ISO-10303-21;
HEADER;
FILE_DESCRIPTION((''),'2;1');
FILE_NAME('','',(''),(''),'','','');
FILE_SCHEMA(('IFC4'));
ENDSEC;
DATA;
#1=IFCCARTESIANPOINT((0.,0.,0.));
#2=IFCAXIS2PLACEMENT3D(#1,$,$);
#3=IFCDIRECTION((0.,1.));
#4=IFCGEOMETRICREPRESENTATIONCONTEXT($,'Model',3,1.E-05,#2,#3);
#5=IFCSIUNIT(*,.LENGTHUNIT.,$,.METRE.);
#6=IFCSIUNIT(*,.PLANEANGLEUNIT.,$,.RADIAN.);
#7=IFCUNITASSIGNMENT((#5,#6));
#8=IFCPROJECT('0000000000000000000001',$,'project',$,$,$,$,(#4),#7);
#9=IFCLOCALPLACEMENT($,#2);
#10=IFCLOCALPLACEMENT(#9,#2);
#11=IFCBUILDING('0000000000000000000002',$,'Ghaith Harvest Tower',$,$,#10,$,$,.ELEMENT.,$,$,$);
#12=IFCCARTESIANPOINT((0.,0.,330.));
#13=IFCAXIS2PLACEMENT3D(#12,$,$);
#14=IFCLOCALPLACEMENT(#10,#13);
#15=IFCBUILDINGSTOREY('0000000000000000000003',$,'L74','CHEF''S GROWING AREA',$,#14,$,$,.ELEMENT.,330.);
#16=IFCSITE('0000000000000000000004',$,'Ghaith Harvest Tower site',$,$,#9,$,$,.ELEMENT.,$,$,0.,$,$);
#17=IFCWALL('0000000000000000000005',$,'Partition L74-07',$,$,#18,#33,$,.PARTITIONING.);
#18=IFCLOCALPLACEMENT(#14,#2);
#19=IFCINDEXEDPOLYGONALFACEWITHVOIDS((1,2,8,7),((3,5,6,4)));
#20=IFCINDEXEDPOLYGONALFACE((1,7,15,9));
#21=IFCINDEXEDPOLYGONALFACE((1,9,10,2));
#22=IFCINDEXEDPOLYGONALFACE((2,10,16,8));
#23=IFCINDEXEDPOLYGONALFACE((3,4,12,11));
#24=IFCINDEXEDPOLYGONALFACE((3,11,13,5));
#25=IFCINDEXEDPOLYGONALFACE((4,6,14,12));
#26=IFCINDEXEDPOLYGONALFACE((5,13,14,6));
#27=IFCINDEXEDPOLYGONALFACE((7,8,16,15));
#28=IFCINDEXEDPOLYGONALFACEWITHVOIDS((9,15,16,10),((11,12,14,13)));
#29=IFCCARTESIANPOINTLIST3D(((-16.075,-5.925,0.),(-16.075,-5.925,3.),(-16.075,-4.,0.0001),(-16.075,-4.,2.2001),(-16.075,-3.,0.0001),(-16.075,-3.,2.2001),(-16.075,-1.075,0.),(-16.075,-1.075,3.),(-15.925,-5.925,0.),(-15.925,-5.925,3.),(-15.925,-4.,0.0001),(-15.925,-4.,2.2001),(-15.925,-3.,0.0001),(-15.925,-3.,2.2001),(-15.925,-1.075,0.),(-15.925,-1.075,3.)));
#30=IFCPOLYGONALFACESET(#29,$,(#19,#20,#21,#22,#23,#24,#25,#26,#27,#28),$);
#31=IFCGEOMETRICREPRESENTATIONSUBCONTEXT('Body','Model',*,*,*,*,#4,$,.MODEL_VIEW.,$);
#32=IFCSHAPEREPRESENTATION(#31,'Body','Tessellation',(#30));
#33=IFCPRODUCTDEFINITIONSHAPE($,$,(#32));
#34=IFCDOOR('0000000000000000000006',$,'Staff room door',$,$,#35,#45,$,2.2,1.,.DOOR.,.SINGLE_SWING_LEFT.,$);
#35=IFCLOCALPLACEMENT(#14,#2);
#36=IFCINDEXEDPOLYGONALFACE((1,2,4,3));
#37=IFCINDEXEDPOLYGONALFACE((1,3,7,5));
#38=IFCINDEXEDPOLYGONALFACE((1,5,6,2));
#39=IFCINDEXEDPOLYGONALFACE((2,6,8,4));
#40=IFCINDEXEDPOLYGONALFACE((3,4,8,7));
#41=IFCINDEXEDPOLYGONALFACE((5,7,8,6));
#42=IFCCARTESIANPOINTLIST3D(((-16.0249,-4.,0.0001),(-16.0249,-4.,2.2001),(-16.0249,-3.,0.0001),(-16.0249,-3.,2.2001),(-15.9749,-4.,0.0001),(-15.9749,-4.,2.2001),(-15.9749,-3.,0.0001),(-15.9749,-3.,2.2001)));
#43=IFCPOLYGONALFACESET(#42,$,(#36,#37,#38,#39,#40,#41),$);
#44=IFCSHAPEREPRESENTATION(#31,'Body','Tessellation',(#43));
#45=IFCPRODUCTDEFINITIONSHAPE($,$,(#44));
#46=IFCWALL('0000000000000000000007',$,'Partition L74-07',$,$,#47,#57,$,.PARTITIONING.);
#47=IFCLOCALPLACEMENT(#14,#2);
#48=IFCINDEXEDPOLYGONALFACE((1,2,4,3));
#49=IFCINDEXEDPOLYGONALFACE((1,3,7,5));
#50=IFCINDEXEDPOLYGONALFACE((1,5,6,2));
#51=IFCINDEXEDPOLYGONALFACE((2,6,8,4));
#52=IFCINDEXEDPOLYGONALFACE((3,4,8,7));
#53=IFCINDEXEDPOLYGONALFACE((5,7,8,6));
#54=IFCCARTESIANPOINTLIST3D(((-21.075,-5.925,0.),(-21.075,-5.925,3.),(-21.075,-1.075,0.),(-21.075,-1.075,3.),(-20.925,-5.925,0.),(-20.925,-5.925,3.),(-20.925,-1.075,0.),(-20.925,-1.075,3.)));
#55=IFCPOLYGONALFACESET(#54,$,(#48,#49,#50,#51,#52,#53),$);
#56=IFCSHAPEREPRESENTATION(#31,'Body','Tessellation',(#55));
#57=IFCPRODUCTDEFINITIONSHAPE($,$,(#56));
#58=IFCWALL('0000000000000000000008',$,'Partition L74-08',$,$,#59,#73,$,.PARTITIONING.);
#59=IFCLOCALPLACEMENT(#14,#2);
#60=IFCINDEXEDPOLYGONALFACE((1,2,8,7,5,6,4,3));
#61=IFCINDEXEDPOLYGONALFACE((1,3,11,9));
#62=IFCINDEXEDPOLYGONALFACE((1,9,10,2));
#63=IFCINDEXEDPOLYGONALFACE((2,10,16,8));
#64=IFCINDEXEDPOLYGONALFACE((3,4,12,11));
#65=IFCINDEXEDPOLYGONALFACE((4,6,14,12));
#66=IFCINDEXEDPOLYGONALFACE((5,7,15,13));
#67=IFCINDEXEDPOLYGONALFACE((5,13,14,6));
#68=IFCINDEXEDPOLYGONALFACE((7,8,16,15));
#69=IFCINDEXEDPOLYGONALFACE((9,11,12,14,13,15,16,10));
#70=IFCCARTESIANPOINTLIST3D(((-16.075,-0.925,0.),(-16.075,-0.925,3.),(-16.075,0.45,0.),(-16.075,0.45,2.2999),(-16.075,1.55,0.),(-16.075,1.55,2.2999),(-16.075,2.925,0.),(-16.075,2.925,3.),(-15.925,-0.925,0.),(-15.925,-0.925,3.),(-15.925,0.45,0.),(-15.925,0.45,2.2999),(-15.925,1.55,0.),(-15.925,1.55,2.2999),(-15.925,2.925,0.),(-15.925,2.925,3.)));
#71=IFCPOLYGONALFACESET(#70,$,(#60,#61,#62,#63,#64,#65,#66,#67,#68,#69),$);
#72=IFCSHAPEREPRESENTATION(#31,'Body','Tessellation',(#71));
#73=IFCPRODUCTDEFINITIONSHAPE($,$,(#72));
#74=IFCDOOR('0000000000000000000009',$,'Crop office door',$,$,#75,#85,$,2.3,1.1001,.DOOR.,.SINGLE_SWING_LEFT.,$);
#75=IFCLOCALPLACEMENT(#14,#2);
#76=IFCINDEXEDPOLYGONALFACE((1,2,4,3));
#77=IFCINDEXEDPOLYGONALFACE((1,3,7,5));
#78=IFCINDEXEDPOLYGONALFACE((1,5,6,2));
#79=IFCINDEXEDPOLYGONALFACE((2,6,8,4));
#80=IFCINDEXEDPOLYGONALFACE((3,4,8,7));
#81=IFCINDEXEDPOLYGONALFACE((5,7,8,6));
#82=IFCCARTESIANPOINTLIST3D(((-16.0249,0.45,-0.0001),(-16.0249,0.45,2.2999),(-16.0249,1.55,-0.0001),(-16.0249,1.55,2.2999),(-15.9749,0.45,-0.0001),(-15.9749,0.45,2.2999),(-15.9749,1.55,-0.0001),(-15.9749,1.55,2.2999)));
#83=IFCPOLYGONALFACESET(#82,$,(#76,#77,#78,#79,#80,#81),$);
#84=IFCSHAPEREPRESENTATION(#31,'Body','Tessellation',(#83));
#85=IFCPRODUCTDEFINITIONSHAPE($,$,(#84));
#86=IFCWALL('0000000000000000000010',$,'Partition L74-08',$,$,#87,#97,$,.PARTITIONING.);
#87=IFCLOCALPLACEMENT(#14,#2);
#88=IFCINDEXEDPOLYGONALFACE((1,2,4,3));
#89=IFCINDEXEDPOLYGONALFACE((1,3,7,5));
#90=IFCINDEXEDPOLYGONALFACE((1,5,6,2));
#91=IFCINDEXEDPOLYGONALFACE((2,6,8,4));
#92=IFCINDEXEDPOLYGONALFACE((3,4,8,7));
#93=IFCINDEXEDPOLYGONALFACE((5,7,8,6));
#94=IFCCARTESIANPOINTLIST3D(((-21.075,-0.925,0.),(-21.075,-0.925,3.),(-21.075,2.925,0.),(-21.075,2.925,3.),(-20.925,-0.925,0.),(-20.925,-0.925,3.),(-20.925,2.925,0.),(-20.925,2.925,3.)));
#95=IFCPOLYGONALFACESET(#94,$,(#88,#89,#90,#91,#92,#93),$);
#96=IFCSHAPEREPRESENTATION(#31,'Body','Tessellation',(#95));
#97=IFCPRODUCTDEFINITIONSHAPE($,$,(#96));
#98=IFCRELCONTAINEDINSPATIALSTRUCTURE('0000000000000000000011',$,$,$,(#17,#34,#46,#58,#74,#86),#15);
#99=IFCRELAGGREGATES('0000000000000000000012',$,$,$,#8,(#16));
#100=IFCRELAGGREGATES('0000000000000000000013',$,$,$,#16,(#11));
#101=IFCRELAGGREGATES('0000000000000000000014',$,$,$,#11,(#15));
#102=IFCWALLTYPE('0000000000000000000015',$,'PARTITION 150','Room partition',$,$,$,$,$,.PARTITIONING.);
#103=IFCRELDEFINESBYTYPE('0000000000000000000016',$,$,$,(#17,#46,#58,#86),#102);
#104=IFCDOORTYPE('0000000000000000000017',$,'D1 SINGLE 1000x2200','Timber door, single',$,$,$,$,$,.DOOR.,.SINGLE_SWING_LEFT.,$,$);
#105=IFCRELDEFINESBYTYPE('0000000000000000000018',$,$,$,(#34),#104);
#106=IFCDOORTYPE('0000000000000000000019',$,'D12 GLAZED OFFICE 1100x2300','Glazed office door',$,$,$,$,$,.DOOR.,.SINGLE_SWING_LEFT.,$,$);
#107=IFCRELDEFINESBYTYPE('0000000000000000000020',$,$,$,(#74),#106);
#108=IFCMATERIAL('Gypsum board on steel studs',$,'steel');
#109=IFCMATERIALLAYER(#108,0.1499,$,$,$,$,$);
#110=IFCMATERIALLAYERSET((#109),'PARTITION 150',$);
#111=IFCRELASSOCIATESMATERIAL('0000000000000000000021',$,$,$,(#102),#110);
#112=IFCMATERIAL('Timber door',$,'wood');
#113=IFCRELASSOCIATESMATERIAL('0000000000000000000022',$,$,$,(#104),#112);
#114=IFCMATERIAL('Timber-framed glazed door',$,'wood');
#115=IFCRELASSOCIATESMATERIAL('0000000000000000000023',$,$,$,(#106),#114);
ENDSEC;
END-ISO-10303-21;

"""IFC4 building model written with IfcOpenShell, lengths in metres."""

from ifc_helpers import new_model, si_unit, direction, frame, frame_2d, origin, place, context, subcontext, project, spatial, rectangle, extrude, material, layer, layer_set, type_object, element, fill, save


model = new_model("IFC4")

# Units and contexts
model_context = context("Model", 3, precision=1e-05, world=origin(), true_north=direction((0.0, 1.0)))
body_context = subcontext(model_context, "Body", "Model", "MODEL_VIEW")
ifc_project = project(units=[si_unit("LENGTHUNIT", "METRE"), si_unit("PLANEANGLEUNIT", "RADIAN")], contexts=[model_context])

# Site, building, storey
site_placement = place(None, origin())
site = spatial("IfcSite", under=ifc_project, at=site_placement, Name="Ghaith Harvest Tower site", CompositionType="ELEMENT", RefElevation=0.0)
building_placement = place(site_placement, origin())
building = spatial("IfcBuilding", under=site, at=building_placement, Name="Ghaith Harvest Tower", CompositionType="ELEMENT")
storey_placement = place(building_placement, frame((0.0, 0.0, 330.0)))
storey = spatial("IfcBuildingStorey", under=building, at=storey_placement, Name="L74", Description="CHEF'S GROWING AREA", CompositionType="ELEMENT", Elevation=330.0)

# Shared definitions
ifc_material_1 = material(Name="Gypsum board on steel studs", Category="steel")
ifc_layer_1 = layer(ifc_material_1, 0.1499)
ifc_layer_set_1 = layer_set([ifc_layer_1], Name="PARTITION 150")
wall_type = type_object("IfcWallType", Name="PARTITION 150", Description="Room partition", PredefinedType="PARTITIONING", material=ifc_layer_set_1)

# Wall, opening, door
wall_1_placement = place(storey_placement, frame((-16.0, -5.925, 0.0), z_axis=(0.0, 0.0, 1.0), x_axis=(0.0, 1.0, 0.0)))
wall_1 = element("IfcWall", 1, at=wall_1_placement, inside=storey, type_object=wall_type, Name="Partition L74-07", PredefinedType="PARTITIONING", context=body_context, shape_type="SweptSolid", body=[
    extrude(rectangle(XDim=4.8501, YDim=0.1499, at=frame_2d((2.425, 0.0))), origin(), (0.0, 0.0, 1.0), 3.0),
])
opening_1_placement = place(wall_1_placement, frame((1.925, 0.0, 0.0)))
opening_1 = element("IfcOpeningElement", 2, at=opening_1_placement, cuts=wall_1, PredefinedType="OPENING", context=body_context, shape_type="SweptSolid", body=[
    extrude(rectangle(XDim=1.0, YDim=2.2, at=frame_2d((0.5, 1.1001))), frame((0.0, 0.085, 0.0), z_axis=(0.0, -1.0, 0.0), x_axis=(1.0, 0.0, 0.0)), (0.0, 0.0, 1.0), 0.1699),
])
ifc_material_2 = material(Name="Timber door", Category="wood")
door_type_1 = type_object("IfcDoorType", Name="D1 SINGLE 1000x2200", Description="Timber door, single", OperationType="SINGLE_SWING_LEFT", PredefinedType="DOOR", material=ifc_material_2)
door_1_placement = place(opening_1_placement, origin())
door_1 = element("IfcDoor", 3, at=door_1_placement, inside=storey, type_object=door_type_1, Name="Staff room door", OperationType="SINGLE_SWING_LEFT", OverallHeight=2.2, OverallWidth=1.0, PredefinedType="DOOR", context=body_context, shape_type="SweptSolid", body=[
    extrude(rectangle(XDim=1.0, YDim=2.2, at=frame_2d((0.5, 1.1001))), frame((0.0, 0.0249, 0.0), z_axis=(0.0, -1.0, 0.0), x_axis=(1.0, 0.0, 0.0)), (0.0, 0.0, 1.0), 0.05),
])
fill(opening_1, door_1)

# Wall
wall_2_placement = place(storey_placement, frame((-21.0, -5.925, 0.0), z_axis=(0.0, 0.0, 1.0), x_axis=(0.0, 1.0, 0.0)))
element("IfcWall", 4, at=wall_2_placement, inside=storey, type_object=wall_type, Name="Partition L74-07", PredefinedType="PARTITIONING", context=body_context, shape_type="SweptSolid", body=[
    extrude(rectangle(XDim=4.8501, YDim=0.1499, at=frame_2d((2.425, 0.0))), origin(), (0.0, 0.0, 1.0), 3.0),
])

# Wall, opening, door
wall_3_placement = place(storey_placement, frame((-16.0, -0.925, 0.0), z_axis=(0.0, 0.0, 1.0), x_axis=(0.0, 1.0, 0.0)))
wall_3 = element("IfcWall", 5, at=wall_3_placement, inside=storey, type_object=wall_type, Name="Partition L74-08", PredefinedType="PARTITIONING", context=body_context, shape_type="SweptSolid", body=[
    extrude(rectangle(XDim=3.8501, YDim=0.1499, at=frame_2d((1.925, 0.0))), origin(), (0.0, 0.0, 1.0), 3.0),
])
opening_2_placement = place(wall_3_placement, frame((1.375, 0.0, 0.0)))
opening_2 = element("IfcOpeningElement", 6, at=opening_2_placement, cuts=wall_3, PredefinedType="OPENING", context=body_context, shape_type="SweptSolid", body=[
    extrude(rectangle(XDim=1.1001, YDim=2.3, at=frame_2d((0.55, 1.1499))), frame((0.0, 0.085, 0.0), z_axis=(0.0, -1.0, 0.0), x_axis=(1.0, 0.0, 0.0)), (0.0, 0.0, 1.0), 0.1699),
])
ifc_material_3 = material(Name="Timber-framed glazed door", Category="wood")
door_type_2 = type_object("IfcDoorType", Name="D12 GLAZED OFFICE 1100x2300", Description="Glazed office door", OperationType="SINGLE_SWING_LEFT", PredefinedType="DOOR", material=ifc_material_3)
door_2_placement = place(opening_2_placement, origin())
door_2 = element("IfcDoor", 7, at=door_2_placement, inside=storey, type_object=door_type_2, Name="Crop office door", OperationType="SINGLE_SWING_LEFT", OverallHeight=2.3, OverallWidth=1.1001, PredefinedType="DOOR", context=body_context, shape_type="SweptSolid", body=[
    extrude(rectangle(XDim=1.1001, YDim=2.3, at=frame_2d((0.55, 1.1499))), frame((0.0, 0.0249, 0.0), z_axis=(0.0, -1.0, 0.0), x_axis=(1.0, 0.0, 0.0)), (0.0, 0.0, 1.0), 0.05),
])
fill(opening_2, door_2)

# Wall
wall_4_placement = place(storey_placement, frame((-21.0, -0.925, 0.0), z_axis=(0.0, 0.0, 1.0), x_axis=(0.0, 1.0, 0.0)))
element("IfcWall", 8, at=wall_4_placement, inside=storey, type_object=wall_type, Name="Partition L74-08", PredefinedType="PARTITIONING", context=body_context, shape_type="SweptSolid", body=[
    extrude(rectangle(XDim=3.8501, YDim=0.1499, at=frame_2d((1.925, 0.0))), origin(), (0.0, 0.0, 1.0), 3.0),
])

save(model, "model.ifc")
